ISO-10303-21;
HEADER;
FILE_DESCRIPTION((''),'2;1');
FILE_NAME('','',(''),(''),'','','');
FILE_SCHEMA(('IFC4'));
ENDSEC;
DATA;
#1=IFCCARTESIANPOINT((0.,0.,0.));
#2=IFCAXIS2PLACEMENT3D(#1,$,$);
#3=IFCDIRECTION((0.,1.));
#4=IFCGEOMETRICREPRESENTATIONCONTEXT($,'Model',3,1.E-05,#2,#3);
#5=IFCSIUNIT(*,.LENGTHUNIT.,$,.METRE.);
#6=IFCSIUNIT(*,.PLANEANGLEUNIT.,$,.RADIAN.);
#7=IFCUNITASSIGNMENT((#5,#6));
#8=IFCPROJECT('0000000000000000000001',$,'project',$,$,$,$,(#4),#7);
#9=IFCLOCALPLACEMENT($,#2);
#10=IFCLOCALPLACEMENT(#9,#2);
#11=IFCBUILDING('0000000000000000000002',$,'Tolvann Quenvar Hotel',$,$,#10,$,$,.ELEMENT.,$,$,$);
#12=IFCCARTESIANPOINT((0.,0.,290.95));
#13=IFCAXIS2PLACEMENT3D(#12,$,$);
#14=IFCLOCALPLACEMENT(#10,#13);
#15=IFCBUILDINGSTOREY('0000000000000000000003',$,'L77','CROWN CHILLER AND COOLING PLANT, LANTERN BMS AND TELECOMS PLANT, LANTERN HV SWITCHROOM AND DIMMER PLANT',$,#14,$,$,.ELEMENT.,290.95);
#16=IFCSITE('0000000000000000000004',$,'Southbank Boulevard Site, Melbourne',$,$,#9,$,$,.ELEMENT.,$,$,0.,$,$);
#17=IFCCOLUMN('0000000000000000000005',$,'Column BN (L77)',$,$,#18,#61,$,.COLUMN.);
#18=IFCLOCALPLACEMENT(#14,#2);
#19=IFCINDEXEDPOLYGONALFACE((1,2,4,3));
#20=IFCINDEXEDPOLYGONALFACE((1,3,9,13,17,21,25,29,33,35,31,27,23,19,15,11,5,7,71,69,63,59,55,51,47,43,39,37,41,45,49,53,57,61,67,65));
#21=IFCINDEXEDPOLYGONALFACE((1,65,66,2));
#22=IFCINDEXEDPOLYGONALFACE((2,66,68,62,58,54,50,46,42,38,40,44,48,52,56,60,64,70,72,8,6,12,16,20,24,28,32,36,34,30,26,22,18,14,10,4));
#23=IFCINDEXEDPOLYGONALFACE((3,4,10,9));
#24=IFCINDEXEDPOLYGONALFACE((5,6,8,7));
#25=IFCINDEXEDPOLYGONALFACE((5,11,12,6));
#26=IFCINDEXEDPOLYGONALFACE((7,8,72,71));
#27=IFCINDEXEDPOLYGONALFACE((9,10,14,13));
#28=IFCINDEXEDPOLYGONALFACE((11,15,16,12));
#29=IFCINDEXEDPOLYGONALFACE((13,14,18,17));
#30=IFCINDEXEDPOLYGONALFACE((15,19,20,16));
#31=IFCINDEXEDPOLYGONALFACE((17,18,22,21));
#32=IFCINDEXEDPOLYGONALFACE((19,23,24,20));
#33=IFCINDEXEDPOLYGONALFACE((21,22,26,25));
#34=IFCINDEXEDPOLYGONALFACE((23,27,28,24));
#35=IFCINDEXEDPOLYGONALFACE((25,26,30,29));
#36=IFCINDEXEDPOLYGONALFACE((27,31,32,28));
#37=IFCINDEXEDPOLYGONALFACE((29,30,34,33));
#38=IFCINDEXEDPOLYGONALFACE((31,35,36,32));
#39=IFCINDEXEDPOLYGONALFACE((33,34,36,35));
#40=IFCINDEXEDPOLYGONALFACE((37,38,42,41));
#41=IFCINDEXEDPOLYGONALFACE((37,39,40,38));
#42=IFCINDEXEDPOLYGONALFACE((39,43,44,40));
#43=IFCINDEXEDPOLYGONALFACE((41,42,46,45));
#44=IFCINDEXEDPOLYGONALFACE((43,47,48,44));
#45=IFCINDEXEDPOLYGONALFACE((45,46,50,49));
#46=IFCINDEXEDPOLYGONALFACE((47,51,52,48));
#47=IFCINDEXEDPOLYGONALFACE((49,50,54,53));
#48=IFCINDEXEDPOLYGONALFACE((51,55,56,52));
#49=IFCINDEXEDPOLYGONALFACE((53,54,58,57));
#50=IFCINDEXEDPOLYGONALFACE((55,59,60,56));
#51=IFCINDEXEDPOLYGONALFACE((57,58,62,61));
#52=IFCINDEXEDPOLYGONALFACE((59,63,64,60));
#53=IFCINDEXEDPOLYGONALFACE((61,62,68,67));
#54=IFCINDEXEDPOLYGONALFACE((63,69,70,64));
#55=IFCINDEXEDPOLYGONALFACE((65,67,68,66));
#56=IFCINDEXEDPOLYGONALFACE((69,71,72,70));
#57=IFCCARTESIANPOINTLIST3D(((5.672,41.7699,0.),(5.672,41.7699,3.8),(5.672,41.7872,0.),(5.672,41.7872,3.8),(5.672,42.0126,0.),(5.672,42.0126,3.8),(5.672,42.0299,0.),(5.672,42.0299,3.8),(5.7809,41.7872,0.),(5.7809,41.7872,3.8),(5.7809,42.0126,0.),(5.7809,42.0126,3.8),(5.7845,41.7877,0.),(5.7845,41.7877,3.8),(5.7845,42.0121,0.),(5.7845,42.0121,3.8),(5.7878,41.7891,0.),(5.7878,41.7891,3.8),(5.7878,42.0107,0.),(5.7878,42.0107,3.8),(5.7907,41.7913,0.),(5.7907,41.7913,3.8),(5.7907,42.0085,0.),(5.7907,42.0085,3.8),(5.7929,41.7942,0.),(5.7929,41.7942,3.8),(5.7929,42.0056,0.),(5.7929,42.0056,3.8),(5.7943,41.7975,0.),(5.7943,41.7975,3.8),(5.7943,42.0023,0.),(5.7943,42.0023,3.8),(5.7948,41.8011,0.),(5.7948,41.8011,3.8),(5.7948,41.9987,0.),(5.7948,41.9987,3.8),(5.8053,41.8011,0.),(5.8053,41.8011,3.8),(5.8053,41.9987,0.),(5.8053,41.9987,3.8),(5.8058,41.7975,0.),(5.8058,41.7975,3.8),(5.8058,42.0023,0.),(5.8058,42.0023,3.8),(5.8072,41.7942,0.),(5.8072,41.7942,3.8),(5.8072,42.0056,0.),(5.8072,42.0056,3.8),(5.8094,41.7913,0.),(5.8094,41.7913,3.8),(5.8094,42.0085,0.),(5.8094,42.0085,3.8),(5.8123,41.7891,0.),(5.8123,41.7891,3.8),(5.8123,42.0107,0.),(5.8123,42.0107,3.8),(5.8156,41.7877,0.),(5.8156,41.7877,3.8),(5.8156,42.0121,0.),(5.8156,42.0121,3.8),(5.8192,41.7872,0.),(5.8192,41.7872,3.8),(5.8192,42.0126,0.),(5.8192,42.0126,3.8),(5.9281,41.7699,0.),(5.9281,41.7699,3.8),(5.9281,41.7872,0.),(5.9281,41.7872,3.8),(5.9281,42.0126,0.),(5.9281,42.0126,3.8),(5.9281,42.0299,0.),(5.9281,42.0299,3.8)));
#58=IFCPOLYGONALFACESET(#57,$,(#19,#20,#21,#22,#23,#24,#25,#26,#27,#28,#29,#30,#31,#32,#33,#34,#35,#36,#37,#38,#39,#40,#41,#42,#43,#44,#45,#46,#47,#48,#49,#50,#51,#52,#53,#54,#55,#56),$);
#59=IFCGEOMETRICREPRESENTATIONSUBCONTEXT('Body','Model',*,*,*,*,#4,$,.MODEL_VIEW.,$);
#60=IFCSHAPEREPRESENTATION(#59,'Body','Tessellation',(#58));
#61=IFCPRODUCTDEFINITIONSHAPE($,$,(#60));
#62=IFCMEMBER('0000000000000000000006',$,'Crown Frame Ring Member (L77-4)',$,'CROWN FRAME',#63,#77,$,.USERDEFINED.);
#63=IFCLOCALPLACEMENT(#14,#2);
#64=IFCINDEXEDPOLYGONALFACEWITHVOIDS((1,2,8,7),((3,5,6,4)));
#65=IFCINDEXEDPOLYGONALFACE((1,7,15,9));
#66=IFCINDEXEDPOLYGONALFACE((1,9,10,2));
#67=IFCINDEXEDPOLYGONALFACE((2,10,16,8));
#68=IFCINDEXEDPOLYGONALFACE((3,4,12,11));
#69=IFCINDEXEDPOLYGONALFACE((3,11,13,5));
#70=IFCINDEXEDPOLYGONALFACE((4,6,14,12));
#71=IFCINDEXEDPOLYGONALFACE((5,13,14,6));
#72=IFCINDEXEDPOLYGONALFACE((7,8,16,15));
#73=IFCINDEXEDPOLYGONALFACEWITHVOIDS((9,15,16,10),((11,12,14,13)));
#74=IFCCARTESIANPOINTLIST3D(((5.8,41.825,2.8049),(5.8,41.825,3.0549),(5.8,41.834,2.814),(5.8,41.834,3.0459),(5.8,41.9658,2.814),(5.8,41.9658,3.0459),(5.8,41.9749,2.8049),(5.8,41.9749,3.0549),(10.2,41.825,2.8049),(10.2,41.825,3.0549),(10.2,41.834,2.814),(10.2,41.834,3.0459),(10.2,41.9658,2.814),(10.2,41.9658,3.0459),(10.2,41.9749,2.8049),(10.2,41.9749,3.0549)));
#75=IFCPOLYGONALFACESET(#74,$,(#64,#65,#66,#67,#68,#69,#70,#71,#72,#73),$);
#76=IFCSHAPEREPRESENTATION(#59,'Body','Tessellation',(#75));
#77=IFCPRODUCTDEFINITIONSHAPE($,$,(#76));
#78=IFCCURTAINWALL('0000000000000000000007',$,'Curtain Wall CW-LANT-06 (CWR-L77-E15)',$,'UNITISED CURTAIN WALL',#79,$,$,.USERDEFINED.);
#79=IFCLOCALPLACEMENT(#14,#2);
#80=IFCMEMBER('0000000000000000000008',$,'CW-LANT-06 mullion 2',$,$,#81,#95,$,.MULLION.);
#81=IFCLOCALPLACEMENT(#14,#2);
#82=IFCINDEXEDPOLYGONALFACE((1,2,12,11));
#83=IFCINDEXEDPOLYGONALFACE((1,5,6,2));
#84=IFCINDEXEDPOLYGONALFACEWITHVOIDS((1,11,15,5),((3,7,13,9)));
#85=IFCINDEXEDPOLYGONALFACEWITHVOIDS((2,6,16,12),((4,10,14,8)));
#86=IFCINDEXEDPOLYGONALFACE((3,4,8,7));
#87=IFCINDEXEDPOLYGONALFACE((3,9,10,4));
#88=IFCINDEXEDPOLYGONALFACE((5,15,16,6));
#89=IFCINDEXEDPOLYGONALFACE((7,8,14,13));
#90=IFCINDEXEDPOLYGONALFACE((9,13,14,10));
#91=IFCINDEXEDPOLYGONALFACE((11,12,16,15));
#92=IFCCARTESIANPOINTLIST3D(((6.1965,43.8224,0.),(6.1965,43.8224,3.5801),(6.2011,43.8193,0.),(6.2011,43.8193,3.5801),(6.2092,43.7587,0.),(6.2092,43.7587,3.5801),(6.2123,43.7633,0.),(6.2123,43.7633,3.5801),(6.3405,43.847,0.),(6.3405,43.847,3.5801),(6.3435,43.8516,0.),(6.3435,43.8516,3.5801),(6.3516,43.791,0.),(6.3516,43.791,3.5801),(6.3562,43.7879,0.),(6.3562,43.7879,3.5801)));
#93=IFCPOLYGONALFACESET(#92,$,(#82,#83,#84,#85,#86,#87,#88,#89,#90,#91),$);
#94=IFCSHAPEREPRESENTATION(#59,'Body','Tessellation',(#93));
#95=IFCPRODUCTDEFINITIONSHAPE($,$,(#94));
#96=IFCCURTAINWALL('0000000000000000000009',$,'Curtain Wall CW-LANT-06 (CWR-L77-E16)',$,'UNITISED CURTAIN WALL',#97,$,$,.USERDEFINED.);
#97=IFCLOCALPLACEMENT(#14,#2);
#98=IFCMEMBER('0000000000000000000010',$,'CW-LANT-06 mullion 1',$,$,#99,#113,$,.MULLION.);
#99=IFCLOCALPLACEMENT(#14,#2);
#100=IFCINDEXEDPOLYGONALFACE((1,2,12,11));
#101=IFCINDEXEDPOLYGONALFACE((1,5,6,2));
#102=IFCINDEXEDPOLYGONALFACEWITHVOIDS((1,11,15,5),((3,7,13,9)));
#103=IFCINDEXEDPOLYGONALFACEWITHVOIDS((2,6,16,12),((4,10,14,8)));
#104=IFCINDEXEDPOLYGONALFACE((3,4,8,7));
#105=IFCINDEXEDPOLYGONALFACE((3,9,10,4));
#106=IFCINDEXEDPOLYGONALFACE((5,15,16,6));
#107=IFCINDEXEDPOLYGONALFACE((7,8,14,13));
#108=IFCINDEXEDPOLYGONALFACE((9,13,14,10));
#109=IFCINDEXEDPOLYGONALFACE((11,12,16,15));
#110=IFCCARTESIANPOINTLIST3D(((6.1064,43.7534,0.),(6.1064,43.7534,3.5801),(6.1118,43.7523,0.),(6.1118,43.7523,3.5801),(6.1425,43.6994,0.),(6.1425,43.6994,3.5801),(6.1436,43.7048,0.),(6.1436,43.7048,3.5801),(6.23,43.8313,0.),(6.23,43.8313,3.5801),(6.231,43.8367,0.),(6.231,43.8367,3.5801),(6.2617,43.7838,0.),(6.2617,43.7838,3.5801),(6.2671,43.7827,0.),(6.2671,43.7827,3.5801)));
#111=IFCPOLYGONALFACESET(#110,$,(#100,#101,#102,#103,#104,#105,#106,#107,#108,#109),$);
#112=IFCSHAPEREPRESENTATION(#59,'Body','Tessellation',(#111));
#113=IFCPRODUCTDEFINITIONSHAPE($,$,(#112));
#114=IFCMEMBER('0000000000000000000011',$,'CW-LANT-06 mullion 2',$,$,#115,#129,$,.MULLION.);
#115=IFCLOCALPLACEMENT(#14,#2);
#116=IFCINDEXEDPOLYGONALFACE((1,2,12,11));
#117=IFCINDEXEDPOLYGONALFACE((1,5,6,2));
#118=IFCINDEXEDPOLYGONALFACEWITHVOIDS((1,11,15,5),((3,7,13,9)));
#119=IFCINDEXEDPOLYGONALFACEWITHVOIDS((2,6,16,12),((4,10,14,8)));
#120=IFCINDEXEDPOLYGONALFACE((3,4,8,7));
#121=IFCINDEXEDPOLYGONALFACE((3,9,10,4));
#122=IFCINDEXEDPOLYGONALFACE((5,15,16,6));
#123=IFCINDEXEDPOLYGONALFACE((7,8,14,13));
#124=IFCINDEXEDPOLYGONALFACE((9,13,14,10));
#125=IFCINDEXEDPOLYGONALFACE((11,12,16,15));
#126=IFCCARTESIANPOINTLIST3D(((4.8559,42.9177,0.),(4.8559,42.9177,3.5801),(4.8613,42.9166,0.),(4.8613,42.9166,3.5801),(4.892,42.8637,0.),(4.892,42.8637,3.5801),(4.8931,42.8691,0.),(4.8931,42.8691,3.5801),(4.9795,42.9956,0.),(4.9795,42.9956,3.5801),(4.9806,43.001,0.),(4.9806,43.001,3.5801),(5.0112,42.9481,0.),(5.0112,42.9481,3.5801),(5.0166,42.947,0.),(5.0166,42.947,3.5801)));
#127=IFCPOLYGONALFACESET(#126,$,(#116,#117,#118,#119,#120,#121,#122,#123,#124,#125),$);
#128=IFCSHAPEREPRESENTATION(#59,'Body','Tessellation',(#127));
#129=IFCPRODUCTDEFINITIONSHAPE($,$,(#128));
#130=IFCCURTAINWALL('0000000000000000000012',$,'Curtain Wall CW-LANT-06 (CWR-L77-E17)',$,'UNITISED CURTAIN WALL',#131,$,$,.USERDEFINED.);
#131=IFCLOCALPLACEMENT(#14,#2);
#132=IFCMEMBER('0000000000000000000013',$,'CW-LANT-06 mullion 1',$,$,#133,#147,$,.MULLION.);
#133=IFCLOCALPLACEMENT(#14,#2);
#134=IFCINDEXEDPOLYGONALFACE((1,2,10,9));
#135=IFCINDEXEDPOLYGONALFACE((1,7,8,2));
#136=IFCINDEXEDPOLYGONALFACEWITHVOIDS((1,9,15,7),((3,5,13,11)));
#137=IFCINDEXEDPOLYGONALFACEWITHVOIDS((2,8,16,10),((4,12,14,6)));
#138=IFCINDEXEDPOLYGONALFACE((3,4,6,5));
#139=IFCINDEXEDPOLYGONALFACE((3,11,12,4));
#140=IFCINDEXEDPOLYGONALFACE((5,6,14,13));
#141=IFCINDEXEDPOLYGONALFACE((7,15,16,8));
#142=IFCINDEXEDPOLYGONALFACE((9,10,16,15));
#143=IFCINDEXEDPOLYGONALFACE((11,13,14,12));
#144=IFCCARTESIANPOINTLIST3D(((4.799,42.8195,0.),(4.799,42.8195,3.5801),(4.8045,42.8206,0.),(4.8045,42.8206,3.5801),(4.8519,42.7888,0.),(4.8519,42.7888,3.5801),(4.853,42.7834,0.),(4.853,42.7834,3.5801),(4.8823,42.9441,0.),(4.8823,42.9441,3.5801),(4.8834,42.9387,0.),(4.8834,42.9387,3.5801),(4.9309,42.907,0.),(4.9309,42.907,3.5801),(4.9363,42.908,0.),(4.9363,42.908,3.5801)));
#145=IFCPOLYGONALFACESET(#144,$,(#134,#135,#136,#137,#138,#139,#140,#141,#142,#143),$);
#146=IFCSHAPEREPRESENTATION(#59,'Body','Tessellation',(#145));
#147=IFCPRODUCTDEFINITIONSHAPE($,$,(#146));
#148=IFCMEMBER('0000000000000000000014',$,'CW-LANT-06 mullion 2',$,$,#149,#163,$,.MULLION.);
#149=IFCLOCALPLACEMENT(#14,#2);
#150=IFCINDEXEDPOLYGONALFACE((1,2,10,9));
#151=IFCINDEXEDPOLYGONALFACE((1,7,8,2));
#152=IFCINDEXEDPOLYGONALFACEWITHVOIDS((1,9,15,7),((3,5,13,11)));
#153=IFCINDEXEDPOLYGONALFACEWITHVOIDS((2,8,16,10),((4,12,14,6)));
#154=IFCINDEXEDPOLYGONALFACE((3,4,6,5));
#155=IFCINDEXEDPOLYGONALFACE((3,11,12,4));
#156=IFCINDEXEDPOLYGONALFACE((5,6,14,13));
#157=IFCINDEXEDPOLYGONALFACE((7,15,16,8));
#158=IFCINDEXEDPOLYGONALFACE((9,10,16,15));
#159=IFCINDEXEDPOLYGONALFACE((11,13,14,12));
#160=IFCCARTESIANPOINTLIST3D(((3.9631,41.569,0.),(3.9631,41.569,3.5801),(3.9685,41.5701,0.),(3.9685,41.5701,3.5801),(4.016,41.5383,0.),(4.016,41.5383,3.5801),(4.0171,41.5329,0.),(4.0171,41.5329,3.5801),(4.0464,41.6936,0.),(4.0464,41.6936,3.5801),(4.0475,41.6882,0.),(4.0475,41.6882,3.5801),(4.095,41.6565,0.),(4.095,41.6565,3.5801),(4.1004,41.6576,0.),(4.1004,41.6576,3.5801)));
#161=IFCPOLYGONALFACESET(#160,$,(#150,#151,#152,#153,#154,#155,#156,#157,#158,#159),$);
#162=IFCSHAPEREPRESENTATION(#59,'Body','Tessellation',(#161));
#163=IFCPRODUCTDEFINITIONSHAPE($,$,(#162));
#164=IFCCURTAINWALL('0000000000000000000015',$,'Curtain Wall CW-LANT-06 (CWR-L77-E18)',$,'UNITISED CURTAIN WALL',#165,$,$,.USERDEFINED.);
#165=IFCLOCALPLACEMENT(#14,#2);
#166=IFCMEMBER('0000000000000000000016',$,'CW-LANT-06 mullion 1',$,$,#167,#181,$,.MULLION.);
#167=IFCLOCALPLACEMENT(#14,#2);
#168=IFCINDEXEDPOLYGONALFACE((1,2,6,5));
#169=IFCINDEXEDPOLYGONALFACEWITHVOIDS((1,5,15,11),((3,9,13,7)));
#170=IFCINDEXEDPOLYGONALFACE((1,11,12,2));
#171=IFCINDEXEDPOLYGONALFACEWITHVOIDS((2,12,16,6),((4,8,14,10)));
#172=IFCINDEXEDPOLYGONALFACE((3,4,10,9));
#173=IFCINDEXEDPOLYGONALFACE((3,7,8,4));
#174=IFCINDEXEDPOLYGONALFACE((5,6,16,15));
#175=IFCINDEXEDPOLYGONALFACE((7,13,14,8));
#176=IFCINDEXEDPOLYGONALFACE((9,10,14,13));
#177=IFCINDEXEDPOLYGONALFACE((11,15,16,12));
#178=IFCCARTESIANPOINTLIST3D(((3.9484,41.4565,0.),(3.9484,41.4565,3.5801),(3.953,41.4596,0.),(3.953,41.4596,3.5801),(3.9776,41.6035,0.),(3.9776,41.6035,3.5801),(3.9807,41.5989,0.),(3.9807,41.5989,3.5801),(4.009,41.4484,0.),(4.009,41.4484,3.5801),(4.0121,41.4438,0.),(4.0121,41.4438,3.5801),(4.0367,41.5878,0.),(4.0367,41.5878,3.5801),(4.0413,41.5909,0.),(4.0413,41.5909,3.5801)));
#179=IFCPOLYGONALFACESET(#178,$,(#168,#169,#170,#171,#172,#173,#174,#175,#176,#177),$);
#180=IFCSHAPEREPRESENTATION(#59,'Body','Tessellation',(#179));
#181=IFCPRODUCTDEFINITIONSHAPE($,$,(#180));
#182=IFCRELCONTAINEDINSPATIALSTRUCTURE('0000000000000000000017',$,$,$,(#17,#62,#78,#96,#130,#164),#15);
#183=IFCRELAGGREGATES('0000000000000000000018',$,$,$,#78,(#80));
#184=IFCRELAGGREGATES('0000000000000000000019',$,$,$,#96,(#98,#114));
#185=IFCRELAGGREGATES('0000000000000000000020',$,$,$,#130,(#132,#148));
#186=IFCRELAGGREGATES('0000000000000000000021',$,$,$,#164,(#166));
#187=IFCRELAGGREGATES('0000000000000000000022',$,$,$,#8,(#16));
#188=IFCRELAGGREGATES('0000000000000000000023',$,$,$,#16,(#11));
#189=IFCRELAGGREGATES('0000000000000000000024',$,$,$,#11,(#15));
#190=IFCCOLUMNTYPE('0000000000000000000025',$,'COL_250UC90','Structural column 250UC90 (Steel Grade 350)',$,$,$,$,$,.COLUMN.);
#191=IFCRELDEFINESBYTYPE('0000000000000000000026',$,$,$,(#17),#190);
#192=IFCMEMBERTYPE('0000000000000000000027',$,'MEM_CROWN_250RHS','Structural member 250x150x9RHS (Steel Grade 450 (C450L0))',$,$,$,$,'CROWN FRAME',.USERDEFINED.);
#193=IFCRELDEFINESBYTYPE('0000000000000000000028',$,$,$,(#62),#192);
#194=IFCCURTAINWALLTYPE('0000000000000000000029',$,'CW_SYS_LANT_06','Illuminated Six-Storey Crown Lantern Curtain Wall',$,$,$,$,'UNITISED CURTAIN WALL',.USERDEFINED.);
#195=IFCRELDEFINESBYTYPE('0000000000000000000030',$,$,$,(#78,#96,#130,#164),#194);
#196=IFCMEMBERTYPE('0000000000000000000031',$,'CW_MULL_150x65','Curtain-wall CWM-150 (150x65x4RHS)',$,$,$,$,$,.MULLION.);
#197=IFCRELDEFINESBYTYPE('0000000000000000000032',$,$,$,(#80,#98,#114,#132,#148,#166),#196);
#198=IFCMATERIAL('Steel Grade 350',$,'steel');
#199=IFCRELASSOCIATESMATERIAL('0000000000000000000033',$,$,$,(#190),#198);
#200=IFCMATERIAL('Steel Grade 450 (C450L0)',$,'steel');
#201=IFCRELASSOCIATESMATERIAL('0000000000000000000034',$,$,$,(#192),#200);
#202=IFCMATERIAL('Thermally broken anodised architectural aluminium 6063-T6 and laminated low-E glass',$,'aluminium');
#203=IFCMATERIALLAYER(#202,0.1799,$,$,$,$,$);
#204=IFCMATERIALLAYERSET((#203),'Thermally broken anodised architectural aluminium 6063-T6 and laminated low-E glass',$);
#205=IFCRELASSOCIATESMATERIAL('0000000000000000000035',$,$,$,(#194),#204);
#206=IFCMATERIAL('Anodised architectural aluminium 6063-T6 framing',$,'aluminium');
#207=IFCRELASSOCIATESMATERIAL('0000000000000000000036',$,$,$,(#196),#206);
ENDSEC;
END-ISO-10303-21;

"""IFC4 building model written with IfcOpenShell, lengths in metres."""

from ifc_helpers import new_model, si_unit, direction, frame, origin, origin_2d, place, context, subcontext, project, spatial, hollow_rectangle, i_section, extrude, source, transform, mapped, material, layer, layer_set, material_profile, profile_set, type_object, type_shapes, element, aggregate, save


model = new_model("IFC4")

# Units and contexts
model_context = context("Model", 3, precision=1e-05, world=origin(), true_north=direction((0.0, 1.0)))
body_context = subcontext(model_context, "Body", "Model", "MODEL_VIEW")
ifc_project = project(units=[si_unit("LENGTHUNIT", "METRE"), si_unit("PLANEANGLEUNIT", "RADIAN")], contexts=[model_context])

# Site, building, storey
site_placement = place(None, origin())
site = spatial("IfcSite", under=ifc_project, at=site_placement, Name="Southbank Boulevard Site, Melbourne", CompositionType="ELEMENT", RefElevation=0.0)
building_placement = place(site_placement, origin())
building = spatial("IfcBuilding", under=site, at=building_placement, Name="Tolvann Quenvar Hotel", CompositionType="ELEMENT")
storey_placement = place(building_placement, frame((0.0, 0.0, 290.95)))
storey = spatial("IfcBuildingStorey", under=building, at=storey_placement, Name="L77", Description="CROWN CHILLER AND COOLING PLANT, LANTERN BMS AND TELECOMS PLANT, LANTERN HV SWITCHROOM AND DIMMER PLANT", CompositionType="ELEMENT", Elevation=290.95)

# Column
ifc_material_1 = material(Name="Steel Grade 350", Category="steel")
ifc_material_profile_1 = material_profile(ifc_material_1, i_section(OverallWidth=0.2561, OverallDepth=0.26, WebThickness=0.0105, FlangeThickness=0.0173, FilletRadius=0.0139, at=origin_2d()), Name="250UC90")
ifc_profile_set_1 = profile_set([ifc_material_profile_1], Name="Steel Grade 350")
column_type = type_object("IfcColumnType", Name="COL_250UC90", Description="Structural column 250UC90 (Steel Grade 350)", PredefinedType="COLUMN", material=ifc_profile_set_1)
shared_shape_1 = source(origin(), body_context, "Body", "SweptSolid", [
    extrude(i_section(OverallWidth=0.2561, OverallDepth=0.26, WebThickness=0.0105, FlangeThickness=0.0173, FilletRadius=0.0139, at=origin_2d()), origin(), (0.0, 0.0, 1.0), 3.8),
])
type_shapes(column_type, [shared_shape_1])
column_placement = place(storey_placement, frame((5.8, 41.8999, 0.0), z_axis=(0.0, 0.0, 1.0), x_axis=(1.0, 0.0, 0.0)))
element("IfcColumn", 1, at=column_placement, inside=storey, type_object=column_type, Name="Column BN (L77)", PredefinedType="COLUMN", context=body_context, shape_type="MappedRepresentation", body=[
    mapped(shared_shape_1, transform((0.0, 0.0, 0.0), x_axis=(1.0, 0.0, 0.0), y_axis=(0.0, 1.0, 0.0), z_axis=(0.0, 0.0, 1.0), scale=1.0)),
])

# Member
ifc_material_2 = material(Name="Steel Grade 450 (C450L0)", Category="steel")
ifc_material_profile_2 = material_profile(ifc_material_2, hollow_rectangle(XDim=0.1499, YDim=0.25, WallThickness=0.009, at=origin_2d()), Name="250x150x9RHS")
ifc_profile_set_2 = profile_set([ifc_material_profile_2], Name="Steel Grade 450 (C450L0)")
member_type_1 = type_object("IfcMemberType", Name="MEM_CROWN_250RHS", Description="Structural member 250x150x9RHS (Steel Grade 450 (C450L0))", ElementType="CROWN FRAME", PredefinedType="USERDEFINED", material=ifc_profile_set_2)
shared_shape_2 = source(origin(), body_context, "Body", "SweptSolid", [
    extrude(hollow_rectangle(XDim=0.1499, YDim=0.25, WallThickness=0.009, at=origin_2d()), origin(), (0.0, 0.0, 1.0), 4.3999),
])
type_shapes(member_type_1, [shared_shape_2])
member_1_placement = place(storey_placement, frame((5.8, 41.8999, 2.9299), z_axis=(1.0, 0.0, 0.0), x_axis=(0.0, 1.0, 0.0)))
element("IfcMember", 2, at=member_1_placement, inside=storey, type_object=member_type_1, Name="Crown Frame Ring Member (L77-4)", ObjectType="CROWN FRAME", PredefinedType="USERDEFINED", context=body_context, shape_type="MappedRepresentation", body=[
    mapped(shared_shape_2, transform((0.0, 0.0, 0.0), x_axis=(1.0, 0.0, 0.0), y_axis=(0.0, 1.0, 0.0), z_axis=(0.0, 0.0, 1.0), scale=1.0)),
])

# Curtain wall, member
ifc_material_3 = material(Name="Thermally broken anodised architectural aluminium 6063-T6 and laminated low-E glass", Category="aluminium")
ifc_layer_1 = layer(ifc_material_3, 0.1799)
ifc_layer_set_1 = layer_set([ifc_layer_1], Name="Thermally broken anodised architectural aluminium 6063-T6 and laminated low-E glass")
curtain_wall_type = type_object("IfcCurtainWallType", Name="CW_SYS_LANT_06", Description="Illuminated Six-Storey Crown Lantern Curtain Wall", ElementType="UNITISED CURTAIN WALL", PredefinedType="USERDEFINED", material=ifc_layer_set_1)
curtain_wall_1_placement = place(storey_placement, origin())
curtain_wall_1 = element("IfcCurtainWall", 3, at=curtain_wall_1_placement, inside=storey, type_object=curtain_wall_type, Name="Curtain Wall CW-LANT-06 (CWR-L77-E15)", ObjectType="UNITISED CURTAIN WALL", PredefinedType="USERDEFINED")
ifc_material_4 = material(Name="Anodised architectural aluminium 6063-T6 framing", Category="aluminium")
ifc_material_profile_3 = material_profile(ifc_material_4, hollow_rectangle(XDim=0.0649, YDim=0.1499, WallThickness=0.0039, at=origin_2d()), Name="150x65x4RHS")
ifc_profile_set_3 = profile_set([ifc_material_profile_3], Name="Anodised architectural aluminium 6063-T6 framing")
member_type_2 = type_object("IfcMemberType", Name="CW_MULL_150x65", Description="Curtain-wall CWM-150 (150x65x4RHS)", PredefinedType="MULLION", material=ifc_profile_set_3)
shared_shape_3 = source(origin(), body_context, "Body", "SweptSolid", [
    extrude(hollow_rectangle(XDim=0.0649, YDim=0.1499, WallThickness=0.0039, at=origin_2d()), origin(), (0.0, 0.0, 1.0), 3.5801),
])
type_shapes(member_type_2, [shared_shape_3])
member_2_placement = place(storey_placement, frame((6.2764, 43.8052, 0.0), z_axis=(0.0, 0.0, 1.0), x_axis=(0.195062, -0.980791, 0.0)))
member_2 = element("IfcMember", 4, at=member_2_placement, type_object=member_type_2, Name="CW-LANT-06 mullion 2", PredefinedType="MULLION", context=body_context, shape_type="MappedRepresentation", body=[
    mapped(shared_shape_3, transform((0.0, 0.0, 0.0), x_axis=(1.0, 0.0, 0.0), y_axis=(0.0, 1.0, 0.0), z_axis=(0.0, 0.0, 1.0), scale=1.0)),
])
aggregate(curtain_wall_1, [member_2])

# Curtain walls, members
curtain_wall_2_placement = place(storey_placement, origin())
curtain_wall_2 = element("IfcCurtainWall", 5, at=curtain_wall_2_placement, inside=storey, type_object=curtain_wall_type, Name="Curtain Wall CW-LANT-06 (CWR-L77-E16)", ObjectType="UNITISED CURTAIN WALL", PredefinedType="USERDEFINED")
member_3_placement = place(storey_placement, frame((6.1868, 43.7681, 0.0), z_axis=(0.0, 0.0, 1.0), x_axis=(0.555656, -0.831412, 0.0)))
member_3 = element("IfcMember", 6, at=member_3_placement, type_object=member_type_2, Name="CW-LANT-06 mullion 1", PredefinedType="MULLION", context=body_context, shape_type="MappedRepresentation", body=[
    mapped(shared_shape_3, transform((0.0, 0.0, 0.0), x_axis=(1.0, 0.0, 0.0), y_axis=(0.0, 1.0, 0.0), z_axis=(0.0, 0.0, 1.0), scale=1.0)),
])
member_4_placement = place(storey_placement, frame((4.9363, 42.9324, 0.0), z_axis=(0.0, 0.0, 1.0), x_axis=(0.555656, -0.831412, 0.0)))
member_4 = element("IfcMember", 7, at=member_4_placement, type_object=member_type_2, Name="CW-LANT-06 mullion 2", PredefinedType="MULLION", context=body_context, shape_type="MappedRepresentation", body=[
    mapped(shared_shape_3, transform((0.0, 0.0, 0.0), x_axis=(1.0, 0.0, 0.0), y_axis=(0.0, 1.0, 0.0), z_axis=(0.0, 0.0, 1.0), scale=1.0)),
])
curtain_wall_3_placement = place(storey_placement, origin())
curtain_wall_3 = element("IfcCurtainWall", 8, at=curtain_wall_3_placement, inside=storey, type_object=curtain_wall_type, Name="Curtain Wall CW-LANT-06 (CWR-L77-E17)", ObjectType="UNITISED CURTAIN WALL", PredefinedType="USERDEFINED")
member_5_placement = place(storey_placement, frame((4.8677, 42.8638, 0.0), z_axis=(0.0, 0.0, 1.0), x_axis=(0.831412, -0.555656, 0.0)))
member_5 = element("IfcMember", 9, at=member_5_placement, type_object=member_type_2, Name="CW-LANT-06 mullion 1", PredefinedType="MULLION", context=body_context, shape_type="MappedRepresentation", body=[
    mapped(shared_shape_3, transform((0.0, 0.0, 0.0), x_axis=(1.0, 0.0, 0.0), y_axis=(0.0, 1.0, 0.0), z_axis=(0.0, 0.0, 1.0), scale=1.0)),
])
member_6_placement = place(storey_placement, frame((4.0317, 41.6133, 0.0), z_axis=(0.0, 0.0, 1.0), x_axis=(0.831412, -0.555656, 0.0)))
member_6 = element("IfcMember", 10, at=member_6_placement, type_object=member_type_2, Name="CW-LANT-06 mullion 2", PredefinedType="MULLION", context=body_context, shape_type="MappedRepresentation", body=[
    mapped(shared_shape_3, transform((0.0, 0.0, 0.0), x_axis=(1.0, 0.0, 0.0), y_axis=(0.0, 1.0, 0.0), z_axis=(0.0, 0.0, 1.0), scale=1.0)),
])
curtain_wall_4_placement = place(storey_placement, origin())
curtain_wall_4 = element("IfcCurtainWall", 11, at=curtain_wall_4_placement, inside=storey, type_object=curtain_wall_type, Name="Curtain Wall CW-LANT-06 (CWR-L77-E18)", ObjectType="UNITISED CURTAIN WALL", PredefinedType="USERDEFINED")
member_7_placement = place(storey_placement, frame((3.9949, 41.5237, 0.0), z_axis=(0.0, 0.0, 1.0), x_axis=(0.980791, -0.195062, 0.0)))
member_7 = element("IfcMember", 12, at=member_7_placement, type_object=member_type_2, Name="CW-LANT-06 mullion 1", PredefinedType="MULLION", context=body_context, shape_type="MappedRepresentation", body=[
    mapped(shared_shape_3, transform((0.0, 0.0, 0.0), x_axis=(1.0, 0.0, 0.0), y_axis=(0.0, 1.0, 0.0), z_axis=(0.0, 0.0, 1.0), scale=1.0)),
])

aggregate(curtain_wall_2, [member_3, member_4])
aggregate(curtain_wall_3, [member_5, member_6])
aggregate(curtain_wall_4, [member_7])

save(model, "model.ifc")
